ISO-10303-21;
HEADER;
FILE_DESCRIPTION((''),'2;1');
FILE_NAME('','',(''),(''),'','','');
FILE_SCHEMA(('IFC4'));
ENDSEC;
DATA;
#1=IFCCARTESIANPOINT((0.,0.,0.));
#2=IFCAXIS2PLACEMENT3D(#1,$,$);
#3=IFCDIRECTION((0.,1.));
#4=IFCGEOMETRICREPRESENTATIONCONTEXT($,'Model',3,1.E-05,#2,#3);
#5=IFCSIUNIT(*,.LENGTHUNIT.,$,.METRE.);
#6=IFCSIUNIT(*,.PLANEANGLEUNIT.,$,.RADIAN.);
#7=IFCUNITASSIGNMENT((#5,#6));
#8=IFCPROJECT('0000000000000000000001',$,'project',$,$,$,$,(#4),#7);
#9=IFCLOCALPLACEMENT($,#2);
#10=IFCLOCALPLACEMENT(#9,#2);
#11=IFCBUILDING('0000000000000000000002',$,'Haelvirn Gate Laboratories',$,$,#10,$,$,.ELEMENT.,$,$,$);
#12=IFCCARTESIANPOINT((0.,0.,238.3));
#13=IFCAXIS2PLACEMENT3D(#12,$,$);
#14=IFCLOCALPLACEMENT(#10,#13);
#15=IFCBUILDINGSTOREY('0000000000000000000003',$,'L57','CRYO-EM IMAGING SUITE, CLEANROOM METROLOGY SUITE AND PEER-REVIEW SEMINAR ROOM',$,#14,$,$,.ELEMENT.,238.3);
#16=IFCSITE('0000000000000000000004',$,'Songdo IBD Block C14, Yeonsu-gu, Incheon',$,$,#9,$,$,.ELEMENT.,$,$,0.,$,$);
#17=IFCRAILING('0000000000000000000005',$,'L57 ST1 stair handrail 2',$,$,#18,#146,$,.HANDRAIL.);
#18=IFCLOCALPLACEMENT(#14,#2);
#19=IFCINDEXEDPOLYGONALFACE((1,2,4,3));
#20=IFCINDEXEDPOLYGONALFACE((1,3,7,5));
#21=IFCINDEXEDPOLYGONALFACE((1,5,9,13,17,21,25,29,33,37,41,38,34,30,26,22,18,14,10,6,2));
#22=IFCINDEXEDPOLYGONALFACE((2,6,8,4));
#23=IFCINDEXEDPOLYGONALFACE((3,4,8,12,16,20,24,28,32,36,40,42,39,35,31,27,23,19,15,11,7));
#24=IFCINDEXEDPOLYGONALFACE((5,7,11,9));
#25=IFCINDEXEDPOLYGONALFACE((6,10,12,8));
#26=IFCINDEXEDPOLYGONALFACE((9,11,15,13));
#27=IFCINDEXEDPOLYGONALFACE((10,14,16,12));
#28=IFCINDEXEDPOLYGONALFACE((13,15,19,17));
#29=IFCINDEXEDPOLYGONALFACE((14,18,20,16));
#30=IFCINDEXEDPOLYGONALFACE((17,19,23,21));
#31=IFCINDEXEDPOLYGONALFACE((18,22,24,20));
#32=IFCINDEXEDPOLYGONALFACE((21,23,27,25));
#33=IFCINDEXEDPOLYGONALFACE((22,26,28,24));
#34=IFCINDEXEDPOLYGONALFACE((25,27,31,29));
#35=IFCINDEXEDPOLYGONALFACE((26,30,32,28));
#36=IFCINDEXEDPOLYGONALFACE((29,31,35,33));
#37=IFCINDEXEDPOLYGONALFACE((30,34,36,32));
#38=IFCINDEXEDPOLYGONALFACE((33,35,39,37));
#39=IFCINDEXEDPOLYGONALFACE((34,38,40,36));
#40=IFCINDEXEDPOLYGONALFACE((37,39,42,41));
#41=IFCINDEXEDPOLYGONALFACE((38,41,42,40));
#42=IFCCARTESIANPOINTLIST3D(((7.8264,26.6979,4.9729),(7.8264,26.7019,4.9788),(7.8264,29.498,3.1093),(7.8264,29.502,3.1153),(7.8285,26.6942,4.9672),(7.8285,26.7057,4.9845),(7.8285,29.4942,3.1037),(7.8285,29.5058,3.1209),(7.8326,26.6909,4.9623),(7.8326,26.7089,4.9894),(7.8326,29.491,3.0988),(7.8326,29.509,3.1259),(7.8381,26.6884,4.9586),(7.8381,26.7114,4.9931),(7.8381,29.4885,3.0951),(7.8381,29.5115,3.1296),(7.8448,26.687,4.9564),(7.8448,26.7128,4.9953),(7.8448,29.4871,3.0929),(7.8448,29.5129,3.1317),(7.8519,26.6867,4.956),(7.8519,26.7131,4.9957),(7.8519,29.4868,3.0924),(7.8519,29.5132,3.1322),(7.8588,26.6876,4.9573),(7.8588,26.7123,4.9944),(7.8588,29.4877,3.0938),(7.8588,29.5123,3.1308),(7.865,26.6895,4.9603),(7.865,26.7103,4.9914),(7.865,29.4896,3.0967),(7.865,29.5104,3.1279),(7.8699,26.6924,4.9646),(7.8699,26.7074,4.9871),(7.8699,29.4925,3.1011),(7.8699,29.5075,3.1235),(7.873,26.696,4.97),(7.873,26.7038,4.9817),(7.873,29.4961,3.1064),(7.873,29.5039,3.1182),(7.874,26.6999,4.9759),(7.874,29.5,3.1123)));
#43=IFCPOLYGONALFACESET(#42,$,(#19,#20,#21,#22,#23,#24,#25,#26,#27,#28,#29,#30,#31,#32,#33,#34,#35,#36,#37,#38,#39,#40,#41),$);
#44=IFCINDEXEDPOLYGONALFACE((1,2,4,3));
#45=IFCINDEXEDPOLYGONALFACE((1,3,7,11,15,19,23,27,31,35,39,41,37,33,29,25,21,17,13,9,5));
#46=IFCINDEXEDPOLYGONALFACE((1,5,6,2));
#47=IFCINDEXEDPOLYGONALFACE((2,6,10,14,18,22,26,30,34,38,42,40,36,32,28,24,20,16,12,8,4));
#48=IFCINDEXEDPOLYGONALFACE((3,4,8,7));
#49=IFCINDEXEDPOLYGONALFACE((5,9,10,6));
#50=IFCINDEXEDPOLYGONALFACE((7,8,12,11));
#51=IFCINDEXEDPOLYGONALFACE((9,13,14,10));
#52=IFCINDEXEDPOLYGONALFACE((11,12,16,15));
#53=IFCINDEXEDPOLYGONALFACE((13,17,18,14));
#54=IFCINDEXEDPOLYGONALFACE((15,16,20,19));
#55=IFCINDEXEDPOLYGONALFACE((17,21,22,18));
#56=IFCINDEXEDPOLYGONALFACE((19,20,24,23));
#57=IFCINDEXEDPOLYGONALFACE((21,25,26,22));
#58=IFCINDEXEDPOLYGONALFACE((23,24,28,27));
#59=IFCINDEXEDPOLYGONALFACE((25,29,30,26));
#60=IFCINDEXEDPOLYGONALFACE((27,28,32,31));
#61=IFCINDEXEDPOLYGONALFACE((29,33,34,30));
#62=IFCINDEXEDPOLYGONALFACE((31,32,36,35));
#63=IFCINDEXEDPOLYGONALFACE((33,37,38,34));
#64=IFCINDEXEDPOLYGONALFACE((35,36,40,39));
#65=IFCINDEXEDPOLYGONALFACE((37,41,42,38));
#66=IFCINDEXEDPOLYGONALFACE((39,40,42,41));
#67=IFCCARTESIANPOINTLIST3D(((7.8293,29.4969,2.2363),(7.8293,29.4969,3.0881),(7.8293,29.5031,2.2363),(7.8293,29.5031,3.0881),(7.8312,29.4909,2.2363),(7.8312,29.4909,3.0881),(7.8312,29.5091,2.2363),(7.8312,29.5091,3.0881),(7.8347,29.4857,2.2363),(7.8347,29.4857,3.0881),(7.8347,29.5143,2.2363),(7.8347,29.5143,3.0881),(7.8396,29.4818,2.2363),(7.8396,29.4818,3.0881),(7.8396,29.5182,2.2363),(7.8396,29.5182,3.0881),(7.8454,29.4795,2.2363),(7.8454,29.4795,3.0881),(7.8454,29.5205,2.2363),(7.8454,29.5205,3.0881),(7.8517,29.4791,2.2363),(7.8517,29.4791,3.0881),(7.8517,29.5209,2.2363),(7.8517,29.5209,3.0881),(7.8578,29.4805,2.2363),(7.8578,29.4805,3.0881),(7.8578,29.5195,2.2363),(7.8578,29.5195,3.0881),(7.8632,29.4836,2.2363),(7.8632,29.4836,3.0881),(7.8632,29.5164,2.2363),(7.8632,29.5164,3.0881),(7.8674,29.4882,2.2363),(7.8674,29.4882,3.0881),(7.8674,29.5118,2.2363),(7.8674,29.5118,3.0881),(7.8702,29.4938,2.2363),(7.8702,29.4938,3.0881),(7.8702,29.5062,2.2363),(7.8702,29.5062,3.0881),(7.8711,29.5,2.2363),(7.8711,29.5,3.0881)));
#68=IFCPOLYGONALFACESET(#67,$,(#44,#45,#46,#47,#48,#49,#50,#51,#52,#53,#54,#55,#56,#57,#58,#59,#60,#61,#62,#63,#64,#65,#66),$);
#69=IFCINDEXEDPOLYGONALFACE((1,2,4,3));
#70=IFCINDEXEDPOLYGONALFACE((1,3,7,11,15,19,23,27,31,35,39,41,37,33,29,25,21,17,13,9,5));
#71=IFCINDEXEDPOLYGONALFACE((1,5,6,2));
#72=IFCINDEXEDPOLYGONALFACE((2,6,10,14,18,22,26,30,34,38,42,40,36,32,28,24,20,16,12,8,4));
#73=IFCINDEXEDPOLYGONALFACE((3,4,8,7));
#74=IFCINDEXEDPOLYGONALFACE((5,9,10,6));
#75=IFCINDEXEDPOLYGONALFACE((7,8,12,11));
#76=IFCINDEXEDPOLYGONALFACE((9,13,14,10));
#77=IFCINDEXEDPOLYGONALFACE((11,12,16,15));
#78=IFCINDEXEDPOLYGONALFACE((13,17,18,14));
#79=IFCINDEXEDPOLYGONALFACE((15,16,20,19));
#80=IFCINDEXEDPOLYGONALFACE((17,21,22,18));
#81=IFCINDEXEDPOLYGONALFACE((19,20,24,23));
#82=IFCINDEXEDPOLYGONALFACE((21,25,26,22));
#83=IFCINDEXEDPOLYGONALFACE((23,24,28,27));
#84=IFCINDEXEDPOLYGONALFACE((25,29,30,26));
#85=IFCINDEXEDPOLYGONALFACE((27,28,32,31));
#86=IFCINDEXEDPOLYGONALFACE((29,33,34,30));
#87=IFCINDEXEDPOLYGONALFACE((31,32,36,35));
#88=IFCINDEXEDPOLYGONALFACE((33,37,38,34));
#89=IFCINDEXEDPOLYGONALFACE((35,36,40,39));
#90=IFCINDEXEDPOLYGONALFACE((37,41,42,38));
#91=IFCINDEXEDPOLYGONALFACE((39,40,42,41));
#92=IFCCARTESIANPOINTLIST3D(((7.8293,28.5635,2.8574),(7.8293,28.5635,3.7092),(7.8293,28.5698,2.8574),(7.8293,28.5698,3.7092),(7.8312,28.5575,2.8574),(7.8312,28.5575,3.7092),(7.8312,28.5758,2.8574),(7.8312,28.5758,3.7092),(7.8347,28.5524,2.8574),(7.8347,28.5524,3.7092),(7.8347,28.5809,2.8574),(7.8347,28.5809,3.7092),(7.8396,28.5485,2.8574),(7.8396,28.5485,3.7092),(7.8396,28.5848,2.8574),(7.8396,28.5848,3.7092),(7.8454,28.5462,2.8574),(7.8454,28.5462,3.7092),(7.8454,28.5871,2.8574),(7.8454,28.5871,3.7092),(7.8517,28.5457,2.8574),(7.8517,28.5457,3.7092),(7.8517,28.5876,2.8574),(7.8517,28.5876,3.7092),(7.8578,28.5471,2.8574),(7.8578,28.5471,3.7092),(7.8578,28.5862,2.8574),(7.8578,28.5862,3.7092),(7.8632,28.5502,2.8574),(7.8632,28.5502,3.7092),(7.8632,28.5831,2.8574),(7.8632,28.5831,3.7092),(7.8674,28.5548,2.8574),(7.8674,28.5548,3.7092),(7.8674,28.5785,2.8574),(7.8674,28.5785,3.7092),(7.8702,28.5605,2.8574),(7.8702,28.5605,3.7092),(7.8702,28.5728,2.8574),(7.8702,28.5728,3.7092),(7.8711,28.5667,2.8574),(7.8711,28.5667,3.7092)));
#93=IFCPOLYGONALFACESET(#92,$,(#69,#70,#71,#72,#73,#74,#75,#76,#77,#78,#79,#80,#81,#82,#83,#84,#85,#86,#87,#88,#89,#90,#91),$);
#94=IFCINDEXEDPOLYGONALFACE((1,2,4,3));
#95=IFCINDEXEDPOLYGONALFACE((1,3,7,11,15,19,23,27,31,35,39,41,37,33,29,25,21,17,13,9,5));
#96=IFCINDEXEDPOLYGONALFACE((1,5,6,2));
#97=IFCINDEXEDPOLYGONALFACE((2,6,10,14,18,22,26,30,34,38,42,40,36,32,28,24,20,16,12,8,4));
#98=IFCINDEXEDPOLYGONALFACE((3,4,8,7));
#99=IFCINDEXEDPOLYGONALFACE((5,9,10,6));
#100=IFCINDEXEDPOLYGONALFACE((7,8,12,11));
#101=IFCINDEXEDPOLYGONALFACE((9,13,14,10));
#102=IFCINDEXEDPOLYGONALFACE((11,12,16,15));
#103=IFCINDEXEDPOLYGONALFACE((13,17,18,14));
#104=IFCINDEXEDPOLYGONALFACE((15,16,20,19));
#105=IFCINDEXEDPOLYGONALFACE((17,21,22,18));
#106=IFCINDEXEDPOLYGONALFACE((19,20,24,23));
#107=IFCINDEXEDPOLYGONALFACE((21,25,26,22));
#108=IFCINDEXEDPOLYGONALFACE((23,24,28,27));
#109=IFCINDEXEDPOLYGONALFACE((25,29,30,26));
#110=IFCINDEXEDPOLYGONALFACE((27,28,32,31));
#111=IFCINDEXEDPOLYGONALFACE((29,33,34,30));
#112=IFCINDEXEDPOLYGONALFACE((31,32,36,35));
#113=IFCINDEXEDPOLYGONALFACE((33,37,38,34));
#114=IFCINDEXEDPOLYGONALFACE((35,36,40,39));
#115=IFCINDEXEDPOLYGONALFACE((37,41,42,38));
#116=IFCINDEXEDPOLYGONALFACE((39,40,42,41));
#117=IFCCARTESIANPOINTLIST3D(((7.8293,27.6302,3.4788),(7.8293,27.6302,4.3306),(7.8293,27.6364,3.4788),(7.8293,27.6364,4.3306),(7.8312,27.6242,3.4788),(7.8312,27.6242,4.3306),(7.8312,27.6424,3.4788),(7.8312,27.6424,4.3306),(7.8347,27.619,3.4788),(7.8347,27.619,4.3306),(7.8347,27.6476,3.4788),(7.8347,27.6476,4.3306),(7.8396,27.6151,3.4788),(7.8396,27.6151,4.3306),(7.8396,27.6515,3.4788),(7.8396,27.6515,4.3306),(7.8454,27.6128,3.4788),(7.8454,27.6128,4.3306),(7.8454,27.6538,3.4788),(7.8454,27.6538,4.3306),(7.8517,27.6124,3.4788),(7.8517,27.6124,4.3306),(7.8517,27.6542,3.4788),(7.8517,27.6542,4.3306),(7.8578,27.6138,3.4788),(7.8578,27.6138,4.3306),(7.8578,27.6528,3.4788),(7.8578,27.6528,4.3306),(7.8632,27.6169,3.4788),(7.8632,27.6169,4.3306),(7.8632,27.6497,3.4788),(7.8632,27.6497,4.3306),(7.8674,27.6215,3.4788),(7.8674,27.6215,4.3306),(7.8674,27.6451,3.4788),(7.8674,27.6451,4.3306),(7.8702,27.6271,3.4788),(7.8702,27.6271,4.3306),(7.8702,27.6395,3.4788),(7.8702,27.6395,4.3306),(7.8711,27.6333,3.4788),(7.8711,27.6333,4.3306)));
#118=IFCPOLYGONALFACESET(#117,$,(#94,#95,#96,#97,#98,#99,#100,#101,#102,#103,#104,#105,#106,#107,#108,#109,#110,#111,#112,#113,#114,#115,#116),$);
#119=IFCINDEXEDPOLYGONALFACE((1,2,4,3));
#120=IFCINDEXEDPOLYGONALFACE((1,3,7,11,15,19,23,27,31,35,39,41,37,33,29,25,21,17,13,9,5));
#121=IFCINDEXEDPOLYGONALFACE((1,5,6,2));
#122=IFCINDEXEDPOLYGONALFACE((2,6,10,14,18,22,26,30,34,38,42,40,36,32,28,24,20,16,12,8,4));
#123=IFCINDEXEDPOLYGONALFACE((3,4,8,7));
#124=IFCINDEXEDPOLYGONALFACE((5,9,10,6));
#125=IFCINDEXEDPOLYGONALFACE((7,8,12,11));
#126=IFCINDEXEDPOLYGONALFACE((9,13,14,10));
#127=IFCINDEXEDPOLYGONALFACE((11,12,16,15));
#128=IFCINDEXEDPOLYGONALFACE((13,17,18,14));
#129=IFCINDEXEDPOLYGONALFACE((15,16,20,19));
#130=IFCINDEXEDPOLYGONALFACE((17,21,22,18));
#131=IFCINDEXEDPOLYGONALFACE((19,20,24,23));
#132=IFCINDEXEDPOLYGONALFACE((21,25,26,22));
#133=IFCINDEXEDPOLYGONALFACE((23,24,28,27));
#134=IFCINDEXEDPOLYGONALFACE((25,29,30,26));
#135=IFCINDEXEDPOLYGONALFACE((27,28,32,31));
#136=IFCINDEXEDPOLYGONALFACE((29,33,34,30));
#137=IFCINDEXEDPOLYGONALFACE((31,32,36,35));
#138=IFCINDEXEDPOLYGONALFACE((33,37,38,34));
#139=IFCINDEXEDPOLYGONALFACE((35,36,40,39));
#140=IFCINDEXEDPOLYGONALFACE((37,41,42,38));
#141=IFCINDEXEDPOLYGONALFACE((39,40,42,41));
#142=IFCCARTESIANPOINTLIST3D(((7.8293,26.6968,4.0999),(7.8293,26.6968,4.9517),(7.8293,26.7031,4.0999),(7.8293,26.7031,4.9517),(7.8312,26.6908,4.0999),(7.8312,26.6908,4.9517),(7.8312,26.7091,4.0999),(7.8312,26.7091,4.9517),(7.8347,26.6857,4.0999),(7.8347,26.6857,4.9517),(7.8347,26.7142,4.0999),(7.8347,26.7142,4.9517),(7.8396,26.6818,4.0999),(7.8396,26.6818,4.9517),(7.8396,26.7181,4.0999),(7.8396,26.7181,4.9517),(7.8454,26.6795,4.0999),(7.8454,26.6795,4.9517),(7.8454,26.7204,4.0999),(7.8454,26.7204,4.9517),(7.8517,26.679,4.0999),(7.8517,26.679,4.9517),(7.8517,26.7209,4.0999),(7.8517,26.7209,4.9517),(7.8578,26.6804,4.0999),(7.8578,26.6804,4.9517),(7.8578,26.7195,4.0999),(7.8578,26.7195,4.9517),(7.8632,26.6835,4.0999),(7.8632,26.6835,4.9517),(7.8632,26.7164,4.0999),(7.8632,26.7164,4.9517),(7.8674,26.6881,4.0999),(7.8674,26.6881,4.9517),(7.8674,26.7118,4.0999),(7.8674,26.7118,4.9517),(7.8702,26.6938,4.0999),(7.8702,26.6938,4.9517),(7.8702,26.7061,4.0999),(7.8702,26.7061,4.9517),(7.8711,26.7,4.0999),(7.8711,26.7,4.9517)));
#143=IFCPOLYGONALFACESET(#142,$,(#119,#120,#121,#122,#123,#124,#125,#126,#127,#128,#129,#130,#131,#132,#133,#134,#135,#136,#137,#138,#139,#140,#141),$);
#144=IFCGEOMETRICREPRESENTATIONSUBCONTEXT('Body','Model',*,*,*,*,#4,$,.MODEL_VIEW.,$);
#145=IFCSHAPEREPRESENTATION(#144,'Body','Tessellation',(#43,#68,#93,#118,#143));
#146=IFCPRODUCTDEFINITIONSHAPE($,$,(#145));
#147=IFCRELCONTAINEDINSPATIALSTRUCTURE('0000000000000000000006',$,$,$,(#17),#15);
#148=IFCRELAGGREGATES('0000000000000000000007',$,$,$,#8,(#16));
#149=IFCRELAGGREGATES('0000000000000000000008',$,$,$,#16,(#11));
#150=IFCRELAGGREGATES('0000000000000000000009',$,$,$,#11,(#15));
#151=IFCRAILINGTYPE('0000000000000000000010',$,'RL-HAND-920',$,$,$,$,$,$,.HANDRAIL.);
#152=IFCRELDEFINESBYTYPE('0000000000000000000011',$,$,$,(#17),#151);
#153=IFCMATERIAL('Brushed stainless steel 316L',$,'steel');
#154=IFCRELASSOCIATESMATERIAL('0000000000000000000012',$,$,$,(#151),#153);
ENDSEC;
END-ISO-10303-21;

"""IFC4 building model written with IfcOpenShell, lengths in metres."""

from ifc_helpers import new_model, si_unit, direction, frame, origin, origin_2d, place, context, subcontext, project, spatial, circle, extrude, source, transform, mapped, material, type_object, element, save


model = new_model("IFC4")

# Units and contexts
model_context = context("Model", 3, precision=1e-05, world=origin(), true_north=direction((0.0, 1.0)))
body_context = subcontext(model_context, "Body", "Model", "MODEL_VIEW")
ifc_project = project(units=[si_unit("LENGTHUNIT", "METRE"), si_unit("PLANEANGLEUNIT", "RADIAN")], contexts=[model_context])

# Site, building, storey
site_placement = place(None, origin())
site = spatial("IfcSite", under=ifc_project, at=site_placement, Name="Songdo IBD Block C14, Yeonsu-gu, Incheon", CompositionType="ELEMENT", RefElevation=0.0)
building_placement = place(site_placement, origin())
building = spatial("IfcBuilding", under=site, at=building_placement, Name="Haelvirn Gate Laboratories", CompositionType="ELEMENT")
storey_placement = place(building_placement, frame((0.0, 0.0, 238.3)))
storey = spatial("IfcBuildingStorey", under=building, at=storey_placement, Name="L57", Description="CRYO-EM IMAGING SUITE, CLEANROOM METROLOGY SUITE AND PEER-REVIEW SEMINAR ROOM", CompositionType="ELEMENT", Elevation=238.3)

# Railing
ifc_material_1 = material(Name="Brushed stainless steel 316L", Category="steel")
railing_type_1 = type_object("IfcRailingType", Name="RL-HAND-920", PredefinedType="HANDRAIL", material=ifc_material_1)
shared_shape_1 = source(origin(), body_context, "Body", "SweptSolid", [
    extrude(circle(Radius=0.0239, at=origin_2d()), frame((0.0, 0.0, 0.876), z_axis=(0.0, -0.832486, 0.554047), x_axis=(1.0, 0.0, 0.0)), (0.0, 0.0, 1.0), 3.3635),
    extrude(circle(Radius=0.021, at=origin_2d()), origin(), (0.0, 0.0, 1.0), 0.8518),
    extrude(circle(Radius=0.021, at=origin_2d()), frame((0.0, -0.9333, 0.6211)), (0.0, 0.0, 1.0), 0.8518),
    extrude(circle(Radius=0.021, at=origin_2d()), frame((0.0, -1.8667, 1.2424)), (0.0, 0.0, 1.0), 0.8518),
    extrude(circle(Radius=0.021, at=origin_2d()), frame((0.0, -2.8, 1.8635)), (0.0, 0.0, 1.0), 0.8518),
])
railing_1_placement = place(storey_placement, frame((7.8501, 29.5, 2.2363)))
element("IfcRailing", 1, at=railing_1_placement, inside=storey, type_object=railing_type_1, Name="L57 ST1 stair handrail 2", PredefinedType="HANDRAIL", context=body_context, shape_type="MappedRepresentation", body=[
    mapped(shared_shape_1, transform((0.0, 0.0, 0.0), scale=1.0)),
])

save(model, "model.ifc")
